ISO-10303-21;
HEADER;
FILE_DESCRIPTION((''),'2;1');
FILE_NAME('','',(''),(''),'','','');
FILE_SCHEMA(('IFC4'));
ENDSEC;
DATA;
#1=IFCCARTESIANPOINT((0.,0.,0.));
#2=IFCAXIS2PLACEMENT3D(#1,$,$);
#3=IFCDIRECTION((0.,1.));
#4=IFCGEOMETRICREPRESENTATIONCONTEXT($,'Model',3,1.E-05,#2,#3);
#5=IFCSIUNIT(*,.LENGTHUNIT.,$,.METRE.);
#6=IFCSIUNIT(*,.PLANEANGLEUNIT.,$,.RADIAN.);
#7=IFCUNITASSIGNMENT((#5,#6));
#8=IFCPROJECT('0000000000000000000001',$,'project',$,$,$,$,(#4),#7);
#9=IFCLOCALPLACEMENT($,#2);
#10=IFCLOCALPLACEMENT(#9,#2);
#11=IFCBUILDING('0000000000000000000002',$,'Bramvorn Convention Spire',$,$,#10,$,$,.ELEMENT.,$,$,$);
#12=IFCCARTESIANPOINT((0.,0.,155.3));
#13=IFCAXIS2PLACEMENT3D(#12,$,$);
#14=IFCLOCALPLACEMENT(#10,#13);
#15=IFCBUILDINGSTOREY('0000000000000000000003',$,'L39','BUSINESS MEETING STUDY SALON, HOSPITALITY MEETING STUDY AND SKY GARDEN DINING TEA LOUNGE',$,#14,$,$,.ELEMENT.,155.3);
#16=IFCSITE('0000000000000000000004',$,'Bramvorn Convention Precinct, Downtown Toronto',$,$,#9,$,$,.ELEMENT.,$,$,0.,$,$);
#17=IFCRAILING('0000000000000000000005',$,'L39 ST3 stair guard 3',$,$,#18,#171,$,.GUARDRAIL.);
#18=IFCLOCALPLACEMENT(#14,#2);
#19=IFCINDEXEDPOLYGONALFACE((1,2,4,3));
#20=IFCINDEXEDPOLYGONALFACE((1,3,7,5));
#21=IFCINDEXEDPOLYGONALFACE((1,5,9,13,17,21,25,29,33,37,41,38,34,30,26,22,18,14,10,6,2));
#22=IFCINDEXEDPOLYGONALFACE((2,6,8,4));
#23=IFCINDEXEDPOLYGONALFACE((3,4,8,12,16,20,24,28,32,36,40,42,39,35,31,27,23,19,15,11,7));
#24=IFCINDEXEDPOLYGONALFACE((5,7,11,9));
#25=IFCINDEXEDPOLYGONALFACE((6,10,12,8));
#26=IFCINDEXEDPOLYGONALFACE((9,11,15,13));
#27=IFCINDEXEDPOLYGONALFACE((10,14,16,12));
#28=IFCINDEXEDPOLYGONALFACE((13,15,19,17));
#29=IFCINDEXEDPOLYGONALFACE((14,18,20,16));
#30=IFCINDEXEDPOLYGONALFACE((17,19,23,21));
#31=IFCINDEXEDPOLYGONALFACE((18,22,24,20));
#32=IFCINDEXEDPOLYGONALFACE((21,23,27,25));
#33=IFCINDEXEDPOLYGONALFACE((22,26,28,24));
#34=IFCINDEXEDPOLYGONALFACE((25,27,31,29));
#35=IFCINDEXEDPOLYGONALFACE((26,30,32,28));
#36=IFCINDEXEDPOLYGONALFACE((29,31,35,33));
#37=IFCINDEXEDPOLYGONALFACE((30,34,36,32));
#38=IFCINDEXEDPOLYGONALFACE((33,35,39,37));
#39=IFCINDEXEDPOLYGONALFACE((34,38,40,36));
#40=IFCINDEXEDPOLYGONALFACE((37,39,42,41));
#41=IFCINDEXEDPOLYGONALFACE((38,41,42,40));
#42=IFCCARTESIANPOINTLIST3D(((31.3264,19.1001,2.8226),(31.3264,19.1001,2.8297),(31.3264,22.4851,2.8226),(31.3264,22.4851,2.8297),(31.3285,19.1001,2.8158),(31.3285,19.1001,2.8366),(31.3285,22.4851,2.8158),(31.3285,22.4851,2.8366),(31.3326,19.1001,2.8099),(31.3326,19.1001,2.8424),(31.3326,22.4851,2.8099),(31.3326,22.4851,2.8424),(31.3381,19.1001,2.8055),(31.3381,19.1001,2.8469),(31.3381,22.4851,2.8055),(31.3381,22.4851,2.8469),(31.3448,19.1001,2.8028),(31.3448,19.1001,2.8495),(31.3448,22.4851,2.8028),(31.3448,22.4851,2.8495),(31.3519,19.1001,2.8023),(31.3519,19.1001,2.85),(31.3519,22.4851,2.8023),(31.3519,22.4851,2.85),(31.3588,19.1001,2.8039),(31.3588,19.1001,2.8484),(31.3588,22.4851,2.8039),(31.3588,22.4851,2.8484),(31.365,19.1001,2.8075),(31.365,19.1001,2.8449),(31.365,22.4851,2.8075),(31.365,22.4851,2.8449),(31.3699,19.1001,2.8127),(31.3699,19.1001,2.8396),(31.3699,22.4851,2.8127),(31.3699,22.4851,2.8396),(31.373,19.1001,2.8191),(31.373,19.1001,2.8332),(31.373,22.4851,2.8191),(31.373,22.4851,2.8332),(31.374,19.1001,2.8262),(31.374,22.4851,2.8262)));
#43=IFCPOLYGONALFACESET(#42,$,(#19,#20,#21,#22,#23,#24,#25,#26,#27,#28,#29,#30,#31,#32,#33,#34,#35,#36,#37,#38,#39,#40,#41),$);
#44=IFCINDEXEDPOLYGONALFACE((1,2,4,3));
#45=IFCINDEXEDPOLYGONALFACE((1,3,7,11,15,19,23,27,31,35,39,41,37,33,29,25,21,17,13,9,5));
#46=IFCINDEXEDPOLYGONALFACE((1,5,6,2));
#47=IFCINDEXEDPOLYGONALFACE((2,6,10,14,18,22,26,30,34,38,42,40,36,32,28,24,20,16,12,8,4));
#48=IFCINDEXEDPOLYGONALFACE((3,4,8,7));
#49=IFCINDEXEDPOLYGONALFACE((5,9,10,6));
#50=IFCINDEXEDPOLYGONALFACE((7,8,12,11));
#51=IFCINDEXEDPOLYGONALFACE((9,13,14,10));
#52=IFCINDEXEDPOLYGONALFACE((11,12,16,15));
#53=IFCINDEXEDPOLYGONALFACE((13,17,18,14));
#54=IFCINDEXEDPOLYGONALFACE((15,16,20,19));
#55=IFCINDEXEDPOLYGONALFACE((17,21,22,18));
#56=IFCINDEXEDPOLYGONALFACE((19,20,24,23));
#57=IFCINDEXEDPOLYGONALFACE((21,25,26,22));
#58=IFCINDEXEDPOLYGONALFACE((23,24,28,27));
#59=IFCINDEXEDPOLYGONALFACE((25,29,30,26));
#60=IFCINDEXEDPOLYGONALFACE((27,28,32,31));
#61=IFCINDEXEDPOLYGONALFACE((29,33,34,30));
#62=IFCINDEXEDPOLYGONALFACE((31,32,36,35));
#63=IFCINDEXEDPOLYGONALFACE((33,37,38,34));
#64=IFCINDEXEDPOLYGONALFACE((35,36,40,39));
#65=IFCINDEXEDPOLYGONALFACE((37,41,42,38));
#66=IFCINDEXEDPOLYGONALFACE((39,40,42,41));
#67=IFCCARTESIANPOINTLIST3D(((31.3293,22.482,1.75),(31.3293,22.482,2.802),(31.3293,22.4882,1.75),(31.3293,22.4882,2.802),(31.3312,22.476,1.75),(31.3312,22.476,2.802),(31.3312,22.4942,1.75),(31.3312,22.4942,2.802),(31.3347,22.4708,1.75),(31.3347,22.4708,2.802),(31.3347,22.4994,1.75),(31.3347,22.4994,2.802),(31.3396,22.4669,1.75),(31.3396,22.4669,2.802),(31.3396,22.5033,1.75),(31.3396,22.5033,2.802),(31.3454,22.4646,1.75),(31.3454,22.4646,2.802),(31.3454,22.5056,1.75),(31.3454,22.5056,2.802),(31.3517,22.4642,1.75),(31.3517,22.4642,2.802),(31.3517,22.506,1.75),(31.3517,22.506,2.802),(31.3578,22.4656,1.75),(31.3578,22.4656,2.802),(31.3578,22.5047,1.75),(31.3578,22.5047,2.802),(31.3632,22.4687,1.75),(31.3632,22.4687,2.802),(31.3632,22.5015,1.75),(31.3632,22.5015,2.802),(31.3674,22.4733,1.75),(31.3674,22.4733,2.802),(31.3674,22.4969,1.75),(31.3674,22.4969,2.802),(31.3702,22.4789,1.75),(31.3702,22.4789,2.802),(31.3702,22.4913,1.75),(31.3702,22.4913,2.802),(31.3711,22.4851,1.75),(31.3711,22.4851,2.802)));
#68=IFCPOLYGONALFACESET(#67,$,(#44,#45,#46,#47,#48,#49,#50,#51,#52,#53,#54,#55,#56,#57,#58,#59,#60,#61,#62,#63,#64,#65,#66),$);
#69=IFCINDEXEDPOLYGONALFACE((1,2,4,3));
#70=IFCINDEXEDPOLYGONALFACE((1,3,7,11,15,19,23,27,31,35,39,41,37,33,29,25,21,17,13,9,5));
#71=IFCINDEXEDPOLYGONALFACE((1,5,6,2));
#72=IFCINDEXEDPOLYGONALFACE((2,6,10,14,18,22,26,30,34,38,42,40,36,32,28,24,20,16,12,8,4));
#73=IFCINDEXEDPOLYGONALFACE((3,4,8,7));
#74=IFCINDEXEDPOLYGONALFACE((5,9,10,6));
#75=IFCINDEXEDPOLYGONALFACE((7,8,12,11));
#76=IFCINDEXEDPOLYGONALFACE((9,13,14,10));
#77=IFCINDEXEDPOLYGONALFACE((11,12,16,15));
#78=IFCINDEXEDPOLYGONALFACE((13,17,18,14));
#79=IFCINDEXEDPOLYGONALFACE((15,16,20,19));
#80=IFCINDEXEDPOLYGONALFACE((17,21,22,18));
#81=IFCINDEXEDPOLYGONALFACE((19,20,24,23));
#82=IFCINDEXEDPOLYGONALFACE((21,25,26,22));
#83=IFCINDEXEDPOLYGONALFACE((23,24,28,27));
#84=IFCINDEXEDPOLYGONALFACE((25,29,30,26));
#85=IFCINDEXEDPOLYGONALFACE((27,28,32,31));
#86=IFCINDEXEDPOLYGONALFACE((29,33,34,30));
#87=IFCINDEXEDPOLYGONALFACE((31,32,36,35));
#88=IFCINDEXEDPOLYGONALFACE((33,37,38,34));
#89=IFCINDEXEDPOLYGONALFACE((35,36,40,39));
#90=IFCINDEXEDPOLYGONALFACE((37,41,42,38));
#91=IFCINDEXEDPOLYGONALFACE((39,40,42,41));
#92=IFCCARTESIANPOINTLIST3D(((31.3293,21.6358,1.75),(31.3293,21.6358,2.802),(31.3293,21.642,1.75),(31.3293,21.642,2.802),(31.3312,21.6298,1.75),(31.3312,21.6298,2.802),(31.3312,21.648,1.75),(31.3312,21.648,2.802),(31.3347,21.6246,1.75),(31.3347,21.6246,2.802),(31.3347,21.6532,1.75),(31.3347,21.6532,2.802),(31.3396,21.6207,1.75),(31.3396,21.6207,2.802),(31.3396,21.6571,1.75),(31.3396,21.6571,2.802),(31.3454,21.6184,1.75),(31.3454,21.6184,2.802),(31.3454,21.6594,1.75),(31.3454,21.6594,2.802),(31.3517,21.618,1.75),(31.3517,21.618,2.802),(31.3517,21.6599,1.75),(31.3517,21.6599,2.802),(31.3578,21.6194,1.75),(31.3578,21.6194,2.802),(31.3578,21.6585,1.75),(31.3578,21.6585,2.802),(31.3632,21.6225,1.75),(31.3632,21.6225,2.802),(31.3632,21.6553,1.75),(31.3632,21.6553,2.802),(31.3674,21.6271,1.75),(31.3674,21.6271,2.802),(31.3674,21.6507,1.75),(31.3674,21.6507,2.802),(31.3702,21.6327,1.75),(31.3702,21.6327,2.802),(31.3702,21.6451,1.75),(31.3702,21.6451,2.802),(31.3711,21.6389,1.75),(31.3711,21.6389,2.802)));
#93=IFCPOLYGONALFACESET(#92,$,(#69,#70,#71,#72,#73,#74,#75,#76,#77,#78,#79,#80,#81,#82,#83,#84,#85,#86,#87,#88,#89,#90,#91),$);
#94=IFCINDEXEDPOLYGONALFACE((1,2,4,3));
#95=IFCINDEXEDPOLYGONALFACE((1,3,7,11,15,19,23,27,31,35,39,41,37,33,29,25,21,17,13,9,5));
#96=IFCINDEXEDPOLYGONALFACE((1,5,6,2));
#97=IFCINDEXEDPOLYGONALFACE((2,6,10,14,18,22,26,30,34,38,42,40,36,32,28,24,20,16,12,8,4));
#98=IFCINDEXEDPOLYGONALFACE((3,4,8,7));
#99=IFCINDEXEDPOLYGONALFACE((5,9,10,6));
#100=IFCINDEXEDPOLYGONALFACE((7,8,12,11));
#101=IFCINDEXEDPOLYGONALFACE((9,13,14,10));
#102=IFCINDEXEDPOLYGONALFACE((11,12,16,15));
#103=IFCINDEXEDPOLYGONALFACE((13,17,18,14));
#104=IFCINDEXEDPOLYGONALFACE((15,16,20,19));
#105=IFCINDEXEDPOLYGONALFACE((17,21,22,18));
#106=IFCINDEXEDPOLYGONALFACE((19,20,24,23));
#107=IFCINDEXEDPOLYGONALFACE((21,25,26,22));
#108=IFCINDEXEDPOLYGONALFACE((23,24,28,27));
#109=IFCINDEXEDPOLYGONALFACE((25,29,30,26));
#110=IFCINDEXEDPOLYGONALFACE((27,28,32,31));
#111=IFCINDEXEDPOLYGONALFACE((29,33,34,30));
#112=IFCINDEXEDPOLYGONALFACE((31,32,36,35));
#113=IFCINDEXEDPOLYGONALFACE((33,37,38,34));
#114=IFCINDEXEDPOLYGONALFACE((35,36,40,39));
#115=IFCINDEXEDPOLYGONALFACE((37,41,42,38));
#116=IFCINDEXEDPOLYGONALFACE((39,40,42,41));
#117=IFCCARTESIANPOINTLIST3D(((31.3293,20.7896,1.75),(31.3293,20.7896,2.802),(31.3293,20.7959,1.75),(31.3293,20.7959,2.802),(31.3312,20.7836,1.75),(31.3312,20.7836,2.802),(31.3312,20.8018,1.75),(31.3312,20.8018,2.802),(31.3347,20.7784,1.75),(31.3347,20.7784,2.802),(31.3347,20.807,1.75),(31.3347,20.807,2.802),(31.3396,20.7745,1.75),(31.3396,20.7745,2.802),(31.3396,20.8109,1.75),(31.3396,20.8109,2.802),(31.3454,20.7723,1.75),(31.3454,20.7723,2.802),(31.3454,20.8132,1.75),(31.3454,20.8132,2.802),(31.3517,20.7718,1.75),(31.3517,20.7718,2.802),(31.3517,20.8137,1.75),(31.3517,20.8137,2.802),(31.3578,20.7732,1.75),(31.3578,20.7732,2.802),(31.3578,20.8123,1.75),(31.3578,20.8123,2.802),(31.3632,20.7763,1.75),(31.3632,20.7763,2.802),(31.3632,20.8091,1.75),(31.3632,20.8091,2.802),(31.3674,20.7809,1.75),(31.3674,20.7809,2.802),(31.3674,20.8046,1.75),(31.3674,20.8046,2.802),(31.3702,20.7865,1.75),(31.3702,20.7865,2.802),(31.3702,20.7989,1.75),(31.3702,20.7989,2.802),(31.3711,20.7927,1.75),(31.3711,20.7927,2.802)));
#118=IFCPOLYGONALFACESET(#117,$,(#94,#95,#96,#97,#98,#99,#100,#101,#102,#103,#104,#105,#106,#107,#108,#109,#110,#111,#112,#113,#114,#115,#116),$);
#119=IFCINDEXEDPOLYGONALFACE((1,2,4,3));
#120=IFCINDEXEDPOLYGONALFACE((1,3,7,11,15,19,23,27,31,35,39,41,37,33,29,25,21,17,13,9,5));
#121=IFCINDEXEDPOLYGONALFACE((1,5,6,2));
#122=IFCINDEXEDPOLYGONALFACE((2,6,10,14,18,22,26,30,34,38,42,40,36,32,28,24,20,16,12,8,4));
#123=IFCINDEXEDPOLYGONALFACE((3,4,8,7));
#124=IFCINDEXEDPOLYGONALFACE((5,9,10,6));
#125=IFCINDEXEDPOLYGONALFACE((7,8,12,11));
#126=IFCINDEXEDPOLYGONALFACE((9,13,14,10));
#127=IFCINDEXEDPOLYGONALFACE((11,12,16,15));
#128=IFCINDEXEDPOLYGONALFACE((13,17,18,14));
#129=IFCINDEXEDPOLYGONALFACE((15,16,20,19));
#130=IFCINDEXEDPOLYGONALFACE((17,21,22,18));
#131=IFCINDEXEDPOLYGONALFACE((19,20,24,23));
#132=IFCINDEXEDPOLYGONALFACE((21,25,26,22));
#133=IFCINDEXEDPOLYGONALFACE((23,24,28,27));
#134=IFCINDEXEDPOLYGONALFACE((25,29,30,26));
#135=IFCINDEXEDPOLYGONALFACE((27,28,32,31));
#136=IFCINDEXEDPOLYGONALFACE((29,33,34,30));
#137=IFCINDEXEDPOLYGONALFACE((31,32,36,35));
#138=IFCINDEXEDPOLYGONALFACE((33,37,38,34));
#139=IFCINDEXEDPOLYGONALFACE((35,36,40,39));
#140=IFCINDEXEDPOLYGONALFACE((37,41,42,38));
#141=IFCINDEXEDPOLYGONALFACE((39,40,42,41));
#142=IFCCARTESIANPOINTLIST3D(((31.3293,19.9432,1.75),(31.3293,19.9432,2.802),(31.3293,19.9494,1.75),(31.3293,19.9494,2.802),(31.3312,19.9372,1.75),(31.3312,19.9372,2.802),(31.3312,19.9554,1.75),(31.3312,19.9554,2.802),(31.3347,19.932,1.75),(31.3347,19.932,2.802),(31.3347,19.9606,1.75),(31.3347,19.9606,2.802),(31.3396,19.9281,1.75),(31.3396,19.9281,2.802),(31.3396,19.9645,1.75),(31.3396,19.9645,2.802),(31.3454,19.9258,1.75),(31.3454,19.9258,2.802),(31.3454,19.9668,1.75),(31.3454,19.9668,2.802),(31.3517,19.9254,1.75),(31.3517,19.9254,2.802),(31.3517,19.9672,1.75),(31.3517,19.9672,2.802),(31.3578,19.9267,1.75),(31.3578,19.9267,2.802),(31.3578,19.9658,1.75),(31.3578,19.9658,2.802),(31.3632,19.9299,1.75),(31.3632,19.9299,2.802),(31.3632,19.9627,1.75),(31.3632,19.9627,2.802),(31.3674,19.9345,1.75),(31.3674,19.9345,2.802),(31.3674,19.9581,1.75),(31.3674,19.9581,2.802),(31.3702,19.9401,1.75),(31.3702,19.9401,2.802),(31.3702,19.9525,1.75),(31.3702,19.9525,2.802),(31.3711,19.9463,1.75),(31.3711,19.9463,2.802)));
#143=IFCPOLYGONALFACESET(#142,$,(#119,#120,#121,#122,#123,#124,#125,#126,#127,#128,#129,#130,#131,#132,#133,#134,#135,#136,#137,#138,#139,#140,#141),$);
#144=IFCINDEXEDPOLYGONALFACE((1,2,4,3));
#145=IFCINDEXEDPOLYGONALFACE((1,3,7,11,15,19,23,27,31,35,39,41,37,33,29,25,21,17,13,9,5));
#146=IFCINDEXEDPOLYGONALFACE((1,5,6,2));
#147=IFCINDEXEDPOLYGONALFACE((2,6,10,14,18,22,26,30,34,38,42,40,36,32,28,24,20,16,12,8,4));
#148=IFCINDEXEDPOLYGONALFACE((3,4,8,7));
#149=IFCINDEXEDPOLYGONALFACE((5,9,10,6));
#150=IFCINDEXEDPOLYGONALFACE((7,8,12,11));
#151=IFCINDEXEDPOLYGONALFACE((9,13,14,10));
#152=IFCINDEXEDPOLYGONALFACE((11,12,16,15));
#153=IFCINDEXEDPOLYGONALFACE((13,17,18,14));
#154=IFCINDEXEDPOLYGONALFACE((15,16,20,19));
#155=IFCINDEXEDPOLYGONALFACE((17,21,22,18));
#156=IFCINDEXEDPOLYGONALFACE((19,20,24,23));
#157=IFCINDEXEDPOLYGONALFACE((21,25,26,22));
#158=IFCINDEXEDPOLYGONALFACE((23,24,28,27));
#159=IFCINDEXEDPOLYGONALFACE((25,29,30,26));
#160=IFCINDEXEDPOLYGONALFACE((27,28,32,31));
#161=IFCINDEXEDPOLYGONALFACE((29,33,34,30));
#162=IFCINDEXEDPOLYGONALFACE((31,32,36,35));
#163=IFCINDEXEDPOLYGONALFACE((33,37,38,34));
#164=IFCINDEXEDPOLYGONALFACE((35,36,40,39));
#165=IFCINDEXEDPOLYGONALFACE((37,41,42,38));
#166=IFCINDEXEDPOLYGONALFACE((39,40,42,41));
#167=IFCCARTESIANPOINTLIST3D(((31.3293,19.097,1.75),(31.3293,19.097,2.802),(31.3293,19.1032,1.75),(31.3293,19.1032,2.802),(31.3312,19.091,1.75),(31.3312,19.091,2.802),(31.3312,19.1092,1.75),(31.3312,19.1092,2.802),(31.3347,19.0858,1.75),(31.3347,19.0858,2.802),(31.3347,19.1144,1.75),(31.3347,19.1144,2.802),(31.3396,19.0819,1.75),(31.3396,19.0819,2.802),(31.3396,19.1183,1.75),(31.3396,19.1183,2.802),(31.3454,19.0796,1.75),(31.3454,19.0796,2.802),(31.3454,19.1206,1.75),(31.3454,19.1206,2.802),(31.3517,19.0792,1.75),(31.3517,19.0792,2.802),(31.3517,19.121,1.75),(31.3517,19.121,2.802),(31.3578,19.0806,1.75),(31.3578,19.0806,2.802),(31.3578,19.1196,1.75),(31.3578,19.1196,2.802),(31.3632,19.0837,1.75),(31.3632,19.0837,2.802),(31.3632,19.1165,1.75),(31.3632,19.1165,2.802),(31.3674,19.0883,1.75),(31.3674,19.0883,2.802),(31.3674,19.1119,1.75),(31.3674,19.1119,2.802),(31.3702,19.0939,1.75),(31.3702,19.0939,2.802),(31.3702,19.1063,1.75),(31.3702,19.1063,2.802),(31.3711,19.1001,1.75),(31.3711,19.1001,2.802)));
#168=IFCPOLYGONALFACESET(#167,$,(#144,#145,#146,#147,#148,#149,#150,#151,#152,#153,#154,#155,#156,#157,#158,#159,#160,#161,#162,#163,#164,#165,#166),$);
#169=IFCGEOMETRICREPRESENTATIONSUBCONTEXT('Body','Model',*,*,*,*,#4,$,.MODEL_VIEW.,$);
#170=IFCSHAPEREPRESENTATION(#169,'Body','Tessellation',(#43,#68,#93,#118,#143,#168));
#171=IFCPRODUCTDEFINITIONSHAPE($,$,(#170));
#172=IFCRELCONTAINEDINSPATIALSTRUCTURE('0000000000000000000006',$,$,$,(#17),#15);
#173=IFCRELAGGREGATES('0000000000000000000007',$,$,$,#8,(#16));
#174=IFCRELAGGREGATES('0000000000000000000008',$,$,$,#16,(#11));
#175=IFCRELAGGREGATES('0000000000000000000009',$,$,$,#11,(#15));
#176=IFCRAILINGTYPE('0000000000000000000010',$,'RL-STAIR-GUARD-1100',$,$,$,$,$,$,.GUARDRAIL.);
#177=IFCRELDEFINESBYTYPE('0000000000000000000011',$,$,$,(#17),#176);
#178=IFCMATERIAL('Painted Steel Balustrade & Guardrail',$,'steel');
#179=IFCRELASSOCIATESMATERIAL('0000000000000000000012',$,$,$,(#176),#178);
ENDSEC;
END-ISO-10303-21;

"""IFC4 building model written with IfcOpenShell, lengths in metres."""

from ifc_helpers import new_model, si_unit, direction, frame, origin, origin_2d, place, context, subcontext, project, spatial, circle, extrude, material, type_object, element, save


model = new_model("IFC4")

# Units and contexts
model_context = context("Model", 3, precision=1e-05, world=origin(), true_north=direction((0.0, 1.0)))
body_context = subcontext(model_context, "Body", "Model", "MODEL_VIEW")
ifc_project = project(units=[si_unit("LENGTHUNIT", "METRE"), si_unit("PLANEANGLEUNIT", "RADIAN")], contexts=[model_context])

# Site, building, storey
site_placement = place(None, origin())
site = spatial("IfcSite", under=ifc_project, at=site_placement, Name="Bramvorn Convention Precinct, Downtown Toronto", CompositionType="ELEMENT", RefElevation=0.0)
building_placement = place(site_placement, origin())
building = spatial("IfcBuilding", under=site, at=building_placement, Name="Bramvorn Convention Spire", CompositionType="ELEMENT")
storey_placement = place(building_placement, frame((0.0, 0.0, 155.3)))
storey = spatial("IfcBuildingStorey", under=building, at=storey_placement, Name="L39", Description="BUSINESS MEETING STUDY SALON, HOSPITALITY MEETING STUDY AND SKY GARDEN DINING TEA LOUNGE", CompositionType="ELEMENT", Elevation=155.3)

# Railing
ifc_material_1 = material(Name="Painted Steel Balustrade & Guardrail", Category="steel")
railing_type_1 = type_object("IfcRailingType", Name="RL-STAIR-GUARD-1100", PredefinedType="GUARDRAIL", material=ifc_material_1)
railing_1_placement = place(storey_placement, frame((31.3501, 22.4851, 1.75)))
element("IfcRailing", 1, at=railing_1_placement, inside=storey, type_object=railing_type_1, Name="L39 ST3 stair guard 3", PredefinedType="GUARDRAIL", context=body_context, shape_type="SweptSolid", body=[
    extrude(circle(Radius=0.0239, at=origin_2d()), frame((0.0, 0.0, 1.0762), z_axis=(0.0, -1.0, 0.0), x_axis=(1.0, 0.0, 0.0)), (0.0, 0.0, 1.0), 3.385),
    extrude(circle(Radius=0.021, at=origin_2d()), origin(), (0.0, 0.0, 1.0), 1.052),
    extrude(circle(Radius=0.021, at=origin_2d()), frame((0.0, -0.8462, 0.0)), (0.0, 0.0, 1.0), 1.052),
    extrude(circle(Radius=0.021, at=origin_2d()), frame((0.0, -1.6924, 0.0)), (0.0, 0.0, 1.0), 1.052),
    extrude(circle(Radius=0.021, at=origin_2d()), frame((0.0, -2.5388, 0.0)), (0.0, 0.0, 1.0), 1.052),
    extrude(circle(Radius=0.021, at=origin_2d()), frame((0.0, -3.385, 0.0)), (0.0, 0.0, 1.0), 1.052),
])

save(model, "model.ifc")
